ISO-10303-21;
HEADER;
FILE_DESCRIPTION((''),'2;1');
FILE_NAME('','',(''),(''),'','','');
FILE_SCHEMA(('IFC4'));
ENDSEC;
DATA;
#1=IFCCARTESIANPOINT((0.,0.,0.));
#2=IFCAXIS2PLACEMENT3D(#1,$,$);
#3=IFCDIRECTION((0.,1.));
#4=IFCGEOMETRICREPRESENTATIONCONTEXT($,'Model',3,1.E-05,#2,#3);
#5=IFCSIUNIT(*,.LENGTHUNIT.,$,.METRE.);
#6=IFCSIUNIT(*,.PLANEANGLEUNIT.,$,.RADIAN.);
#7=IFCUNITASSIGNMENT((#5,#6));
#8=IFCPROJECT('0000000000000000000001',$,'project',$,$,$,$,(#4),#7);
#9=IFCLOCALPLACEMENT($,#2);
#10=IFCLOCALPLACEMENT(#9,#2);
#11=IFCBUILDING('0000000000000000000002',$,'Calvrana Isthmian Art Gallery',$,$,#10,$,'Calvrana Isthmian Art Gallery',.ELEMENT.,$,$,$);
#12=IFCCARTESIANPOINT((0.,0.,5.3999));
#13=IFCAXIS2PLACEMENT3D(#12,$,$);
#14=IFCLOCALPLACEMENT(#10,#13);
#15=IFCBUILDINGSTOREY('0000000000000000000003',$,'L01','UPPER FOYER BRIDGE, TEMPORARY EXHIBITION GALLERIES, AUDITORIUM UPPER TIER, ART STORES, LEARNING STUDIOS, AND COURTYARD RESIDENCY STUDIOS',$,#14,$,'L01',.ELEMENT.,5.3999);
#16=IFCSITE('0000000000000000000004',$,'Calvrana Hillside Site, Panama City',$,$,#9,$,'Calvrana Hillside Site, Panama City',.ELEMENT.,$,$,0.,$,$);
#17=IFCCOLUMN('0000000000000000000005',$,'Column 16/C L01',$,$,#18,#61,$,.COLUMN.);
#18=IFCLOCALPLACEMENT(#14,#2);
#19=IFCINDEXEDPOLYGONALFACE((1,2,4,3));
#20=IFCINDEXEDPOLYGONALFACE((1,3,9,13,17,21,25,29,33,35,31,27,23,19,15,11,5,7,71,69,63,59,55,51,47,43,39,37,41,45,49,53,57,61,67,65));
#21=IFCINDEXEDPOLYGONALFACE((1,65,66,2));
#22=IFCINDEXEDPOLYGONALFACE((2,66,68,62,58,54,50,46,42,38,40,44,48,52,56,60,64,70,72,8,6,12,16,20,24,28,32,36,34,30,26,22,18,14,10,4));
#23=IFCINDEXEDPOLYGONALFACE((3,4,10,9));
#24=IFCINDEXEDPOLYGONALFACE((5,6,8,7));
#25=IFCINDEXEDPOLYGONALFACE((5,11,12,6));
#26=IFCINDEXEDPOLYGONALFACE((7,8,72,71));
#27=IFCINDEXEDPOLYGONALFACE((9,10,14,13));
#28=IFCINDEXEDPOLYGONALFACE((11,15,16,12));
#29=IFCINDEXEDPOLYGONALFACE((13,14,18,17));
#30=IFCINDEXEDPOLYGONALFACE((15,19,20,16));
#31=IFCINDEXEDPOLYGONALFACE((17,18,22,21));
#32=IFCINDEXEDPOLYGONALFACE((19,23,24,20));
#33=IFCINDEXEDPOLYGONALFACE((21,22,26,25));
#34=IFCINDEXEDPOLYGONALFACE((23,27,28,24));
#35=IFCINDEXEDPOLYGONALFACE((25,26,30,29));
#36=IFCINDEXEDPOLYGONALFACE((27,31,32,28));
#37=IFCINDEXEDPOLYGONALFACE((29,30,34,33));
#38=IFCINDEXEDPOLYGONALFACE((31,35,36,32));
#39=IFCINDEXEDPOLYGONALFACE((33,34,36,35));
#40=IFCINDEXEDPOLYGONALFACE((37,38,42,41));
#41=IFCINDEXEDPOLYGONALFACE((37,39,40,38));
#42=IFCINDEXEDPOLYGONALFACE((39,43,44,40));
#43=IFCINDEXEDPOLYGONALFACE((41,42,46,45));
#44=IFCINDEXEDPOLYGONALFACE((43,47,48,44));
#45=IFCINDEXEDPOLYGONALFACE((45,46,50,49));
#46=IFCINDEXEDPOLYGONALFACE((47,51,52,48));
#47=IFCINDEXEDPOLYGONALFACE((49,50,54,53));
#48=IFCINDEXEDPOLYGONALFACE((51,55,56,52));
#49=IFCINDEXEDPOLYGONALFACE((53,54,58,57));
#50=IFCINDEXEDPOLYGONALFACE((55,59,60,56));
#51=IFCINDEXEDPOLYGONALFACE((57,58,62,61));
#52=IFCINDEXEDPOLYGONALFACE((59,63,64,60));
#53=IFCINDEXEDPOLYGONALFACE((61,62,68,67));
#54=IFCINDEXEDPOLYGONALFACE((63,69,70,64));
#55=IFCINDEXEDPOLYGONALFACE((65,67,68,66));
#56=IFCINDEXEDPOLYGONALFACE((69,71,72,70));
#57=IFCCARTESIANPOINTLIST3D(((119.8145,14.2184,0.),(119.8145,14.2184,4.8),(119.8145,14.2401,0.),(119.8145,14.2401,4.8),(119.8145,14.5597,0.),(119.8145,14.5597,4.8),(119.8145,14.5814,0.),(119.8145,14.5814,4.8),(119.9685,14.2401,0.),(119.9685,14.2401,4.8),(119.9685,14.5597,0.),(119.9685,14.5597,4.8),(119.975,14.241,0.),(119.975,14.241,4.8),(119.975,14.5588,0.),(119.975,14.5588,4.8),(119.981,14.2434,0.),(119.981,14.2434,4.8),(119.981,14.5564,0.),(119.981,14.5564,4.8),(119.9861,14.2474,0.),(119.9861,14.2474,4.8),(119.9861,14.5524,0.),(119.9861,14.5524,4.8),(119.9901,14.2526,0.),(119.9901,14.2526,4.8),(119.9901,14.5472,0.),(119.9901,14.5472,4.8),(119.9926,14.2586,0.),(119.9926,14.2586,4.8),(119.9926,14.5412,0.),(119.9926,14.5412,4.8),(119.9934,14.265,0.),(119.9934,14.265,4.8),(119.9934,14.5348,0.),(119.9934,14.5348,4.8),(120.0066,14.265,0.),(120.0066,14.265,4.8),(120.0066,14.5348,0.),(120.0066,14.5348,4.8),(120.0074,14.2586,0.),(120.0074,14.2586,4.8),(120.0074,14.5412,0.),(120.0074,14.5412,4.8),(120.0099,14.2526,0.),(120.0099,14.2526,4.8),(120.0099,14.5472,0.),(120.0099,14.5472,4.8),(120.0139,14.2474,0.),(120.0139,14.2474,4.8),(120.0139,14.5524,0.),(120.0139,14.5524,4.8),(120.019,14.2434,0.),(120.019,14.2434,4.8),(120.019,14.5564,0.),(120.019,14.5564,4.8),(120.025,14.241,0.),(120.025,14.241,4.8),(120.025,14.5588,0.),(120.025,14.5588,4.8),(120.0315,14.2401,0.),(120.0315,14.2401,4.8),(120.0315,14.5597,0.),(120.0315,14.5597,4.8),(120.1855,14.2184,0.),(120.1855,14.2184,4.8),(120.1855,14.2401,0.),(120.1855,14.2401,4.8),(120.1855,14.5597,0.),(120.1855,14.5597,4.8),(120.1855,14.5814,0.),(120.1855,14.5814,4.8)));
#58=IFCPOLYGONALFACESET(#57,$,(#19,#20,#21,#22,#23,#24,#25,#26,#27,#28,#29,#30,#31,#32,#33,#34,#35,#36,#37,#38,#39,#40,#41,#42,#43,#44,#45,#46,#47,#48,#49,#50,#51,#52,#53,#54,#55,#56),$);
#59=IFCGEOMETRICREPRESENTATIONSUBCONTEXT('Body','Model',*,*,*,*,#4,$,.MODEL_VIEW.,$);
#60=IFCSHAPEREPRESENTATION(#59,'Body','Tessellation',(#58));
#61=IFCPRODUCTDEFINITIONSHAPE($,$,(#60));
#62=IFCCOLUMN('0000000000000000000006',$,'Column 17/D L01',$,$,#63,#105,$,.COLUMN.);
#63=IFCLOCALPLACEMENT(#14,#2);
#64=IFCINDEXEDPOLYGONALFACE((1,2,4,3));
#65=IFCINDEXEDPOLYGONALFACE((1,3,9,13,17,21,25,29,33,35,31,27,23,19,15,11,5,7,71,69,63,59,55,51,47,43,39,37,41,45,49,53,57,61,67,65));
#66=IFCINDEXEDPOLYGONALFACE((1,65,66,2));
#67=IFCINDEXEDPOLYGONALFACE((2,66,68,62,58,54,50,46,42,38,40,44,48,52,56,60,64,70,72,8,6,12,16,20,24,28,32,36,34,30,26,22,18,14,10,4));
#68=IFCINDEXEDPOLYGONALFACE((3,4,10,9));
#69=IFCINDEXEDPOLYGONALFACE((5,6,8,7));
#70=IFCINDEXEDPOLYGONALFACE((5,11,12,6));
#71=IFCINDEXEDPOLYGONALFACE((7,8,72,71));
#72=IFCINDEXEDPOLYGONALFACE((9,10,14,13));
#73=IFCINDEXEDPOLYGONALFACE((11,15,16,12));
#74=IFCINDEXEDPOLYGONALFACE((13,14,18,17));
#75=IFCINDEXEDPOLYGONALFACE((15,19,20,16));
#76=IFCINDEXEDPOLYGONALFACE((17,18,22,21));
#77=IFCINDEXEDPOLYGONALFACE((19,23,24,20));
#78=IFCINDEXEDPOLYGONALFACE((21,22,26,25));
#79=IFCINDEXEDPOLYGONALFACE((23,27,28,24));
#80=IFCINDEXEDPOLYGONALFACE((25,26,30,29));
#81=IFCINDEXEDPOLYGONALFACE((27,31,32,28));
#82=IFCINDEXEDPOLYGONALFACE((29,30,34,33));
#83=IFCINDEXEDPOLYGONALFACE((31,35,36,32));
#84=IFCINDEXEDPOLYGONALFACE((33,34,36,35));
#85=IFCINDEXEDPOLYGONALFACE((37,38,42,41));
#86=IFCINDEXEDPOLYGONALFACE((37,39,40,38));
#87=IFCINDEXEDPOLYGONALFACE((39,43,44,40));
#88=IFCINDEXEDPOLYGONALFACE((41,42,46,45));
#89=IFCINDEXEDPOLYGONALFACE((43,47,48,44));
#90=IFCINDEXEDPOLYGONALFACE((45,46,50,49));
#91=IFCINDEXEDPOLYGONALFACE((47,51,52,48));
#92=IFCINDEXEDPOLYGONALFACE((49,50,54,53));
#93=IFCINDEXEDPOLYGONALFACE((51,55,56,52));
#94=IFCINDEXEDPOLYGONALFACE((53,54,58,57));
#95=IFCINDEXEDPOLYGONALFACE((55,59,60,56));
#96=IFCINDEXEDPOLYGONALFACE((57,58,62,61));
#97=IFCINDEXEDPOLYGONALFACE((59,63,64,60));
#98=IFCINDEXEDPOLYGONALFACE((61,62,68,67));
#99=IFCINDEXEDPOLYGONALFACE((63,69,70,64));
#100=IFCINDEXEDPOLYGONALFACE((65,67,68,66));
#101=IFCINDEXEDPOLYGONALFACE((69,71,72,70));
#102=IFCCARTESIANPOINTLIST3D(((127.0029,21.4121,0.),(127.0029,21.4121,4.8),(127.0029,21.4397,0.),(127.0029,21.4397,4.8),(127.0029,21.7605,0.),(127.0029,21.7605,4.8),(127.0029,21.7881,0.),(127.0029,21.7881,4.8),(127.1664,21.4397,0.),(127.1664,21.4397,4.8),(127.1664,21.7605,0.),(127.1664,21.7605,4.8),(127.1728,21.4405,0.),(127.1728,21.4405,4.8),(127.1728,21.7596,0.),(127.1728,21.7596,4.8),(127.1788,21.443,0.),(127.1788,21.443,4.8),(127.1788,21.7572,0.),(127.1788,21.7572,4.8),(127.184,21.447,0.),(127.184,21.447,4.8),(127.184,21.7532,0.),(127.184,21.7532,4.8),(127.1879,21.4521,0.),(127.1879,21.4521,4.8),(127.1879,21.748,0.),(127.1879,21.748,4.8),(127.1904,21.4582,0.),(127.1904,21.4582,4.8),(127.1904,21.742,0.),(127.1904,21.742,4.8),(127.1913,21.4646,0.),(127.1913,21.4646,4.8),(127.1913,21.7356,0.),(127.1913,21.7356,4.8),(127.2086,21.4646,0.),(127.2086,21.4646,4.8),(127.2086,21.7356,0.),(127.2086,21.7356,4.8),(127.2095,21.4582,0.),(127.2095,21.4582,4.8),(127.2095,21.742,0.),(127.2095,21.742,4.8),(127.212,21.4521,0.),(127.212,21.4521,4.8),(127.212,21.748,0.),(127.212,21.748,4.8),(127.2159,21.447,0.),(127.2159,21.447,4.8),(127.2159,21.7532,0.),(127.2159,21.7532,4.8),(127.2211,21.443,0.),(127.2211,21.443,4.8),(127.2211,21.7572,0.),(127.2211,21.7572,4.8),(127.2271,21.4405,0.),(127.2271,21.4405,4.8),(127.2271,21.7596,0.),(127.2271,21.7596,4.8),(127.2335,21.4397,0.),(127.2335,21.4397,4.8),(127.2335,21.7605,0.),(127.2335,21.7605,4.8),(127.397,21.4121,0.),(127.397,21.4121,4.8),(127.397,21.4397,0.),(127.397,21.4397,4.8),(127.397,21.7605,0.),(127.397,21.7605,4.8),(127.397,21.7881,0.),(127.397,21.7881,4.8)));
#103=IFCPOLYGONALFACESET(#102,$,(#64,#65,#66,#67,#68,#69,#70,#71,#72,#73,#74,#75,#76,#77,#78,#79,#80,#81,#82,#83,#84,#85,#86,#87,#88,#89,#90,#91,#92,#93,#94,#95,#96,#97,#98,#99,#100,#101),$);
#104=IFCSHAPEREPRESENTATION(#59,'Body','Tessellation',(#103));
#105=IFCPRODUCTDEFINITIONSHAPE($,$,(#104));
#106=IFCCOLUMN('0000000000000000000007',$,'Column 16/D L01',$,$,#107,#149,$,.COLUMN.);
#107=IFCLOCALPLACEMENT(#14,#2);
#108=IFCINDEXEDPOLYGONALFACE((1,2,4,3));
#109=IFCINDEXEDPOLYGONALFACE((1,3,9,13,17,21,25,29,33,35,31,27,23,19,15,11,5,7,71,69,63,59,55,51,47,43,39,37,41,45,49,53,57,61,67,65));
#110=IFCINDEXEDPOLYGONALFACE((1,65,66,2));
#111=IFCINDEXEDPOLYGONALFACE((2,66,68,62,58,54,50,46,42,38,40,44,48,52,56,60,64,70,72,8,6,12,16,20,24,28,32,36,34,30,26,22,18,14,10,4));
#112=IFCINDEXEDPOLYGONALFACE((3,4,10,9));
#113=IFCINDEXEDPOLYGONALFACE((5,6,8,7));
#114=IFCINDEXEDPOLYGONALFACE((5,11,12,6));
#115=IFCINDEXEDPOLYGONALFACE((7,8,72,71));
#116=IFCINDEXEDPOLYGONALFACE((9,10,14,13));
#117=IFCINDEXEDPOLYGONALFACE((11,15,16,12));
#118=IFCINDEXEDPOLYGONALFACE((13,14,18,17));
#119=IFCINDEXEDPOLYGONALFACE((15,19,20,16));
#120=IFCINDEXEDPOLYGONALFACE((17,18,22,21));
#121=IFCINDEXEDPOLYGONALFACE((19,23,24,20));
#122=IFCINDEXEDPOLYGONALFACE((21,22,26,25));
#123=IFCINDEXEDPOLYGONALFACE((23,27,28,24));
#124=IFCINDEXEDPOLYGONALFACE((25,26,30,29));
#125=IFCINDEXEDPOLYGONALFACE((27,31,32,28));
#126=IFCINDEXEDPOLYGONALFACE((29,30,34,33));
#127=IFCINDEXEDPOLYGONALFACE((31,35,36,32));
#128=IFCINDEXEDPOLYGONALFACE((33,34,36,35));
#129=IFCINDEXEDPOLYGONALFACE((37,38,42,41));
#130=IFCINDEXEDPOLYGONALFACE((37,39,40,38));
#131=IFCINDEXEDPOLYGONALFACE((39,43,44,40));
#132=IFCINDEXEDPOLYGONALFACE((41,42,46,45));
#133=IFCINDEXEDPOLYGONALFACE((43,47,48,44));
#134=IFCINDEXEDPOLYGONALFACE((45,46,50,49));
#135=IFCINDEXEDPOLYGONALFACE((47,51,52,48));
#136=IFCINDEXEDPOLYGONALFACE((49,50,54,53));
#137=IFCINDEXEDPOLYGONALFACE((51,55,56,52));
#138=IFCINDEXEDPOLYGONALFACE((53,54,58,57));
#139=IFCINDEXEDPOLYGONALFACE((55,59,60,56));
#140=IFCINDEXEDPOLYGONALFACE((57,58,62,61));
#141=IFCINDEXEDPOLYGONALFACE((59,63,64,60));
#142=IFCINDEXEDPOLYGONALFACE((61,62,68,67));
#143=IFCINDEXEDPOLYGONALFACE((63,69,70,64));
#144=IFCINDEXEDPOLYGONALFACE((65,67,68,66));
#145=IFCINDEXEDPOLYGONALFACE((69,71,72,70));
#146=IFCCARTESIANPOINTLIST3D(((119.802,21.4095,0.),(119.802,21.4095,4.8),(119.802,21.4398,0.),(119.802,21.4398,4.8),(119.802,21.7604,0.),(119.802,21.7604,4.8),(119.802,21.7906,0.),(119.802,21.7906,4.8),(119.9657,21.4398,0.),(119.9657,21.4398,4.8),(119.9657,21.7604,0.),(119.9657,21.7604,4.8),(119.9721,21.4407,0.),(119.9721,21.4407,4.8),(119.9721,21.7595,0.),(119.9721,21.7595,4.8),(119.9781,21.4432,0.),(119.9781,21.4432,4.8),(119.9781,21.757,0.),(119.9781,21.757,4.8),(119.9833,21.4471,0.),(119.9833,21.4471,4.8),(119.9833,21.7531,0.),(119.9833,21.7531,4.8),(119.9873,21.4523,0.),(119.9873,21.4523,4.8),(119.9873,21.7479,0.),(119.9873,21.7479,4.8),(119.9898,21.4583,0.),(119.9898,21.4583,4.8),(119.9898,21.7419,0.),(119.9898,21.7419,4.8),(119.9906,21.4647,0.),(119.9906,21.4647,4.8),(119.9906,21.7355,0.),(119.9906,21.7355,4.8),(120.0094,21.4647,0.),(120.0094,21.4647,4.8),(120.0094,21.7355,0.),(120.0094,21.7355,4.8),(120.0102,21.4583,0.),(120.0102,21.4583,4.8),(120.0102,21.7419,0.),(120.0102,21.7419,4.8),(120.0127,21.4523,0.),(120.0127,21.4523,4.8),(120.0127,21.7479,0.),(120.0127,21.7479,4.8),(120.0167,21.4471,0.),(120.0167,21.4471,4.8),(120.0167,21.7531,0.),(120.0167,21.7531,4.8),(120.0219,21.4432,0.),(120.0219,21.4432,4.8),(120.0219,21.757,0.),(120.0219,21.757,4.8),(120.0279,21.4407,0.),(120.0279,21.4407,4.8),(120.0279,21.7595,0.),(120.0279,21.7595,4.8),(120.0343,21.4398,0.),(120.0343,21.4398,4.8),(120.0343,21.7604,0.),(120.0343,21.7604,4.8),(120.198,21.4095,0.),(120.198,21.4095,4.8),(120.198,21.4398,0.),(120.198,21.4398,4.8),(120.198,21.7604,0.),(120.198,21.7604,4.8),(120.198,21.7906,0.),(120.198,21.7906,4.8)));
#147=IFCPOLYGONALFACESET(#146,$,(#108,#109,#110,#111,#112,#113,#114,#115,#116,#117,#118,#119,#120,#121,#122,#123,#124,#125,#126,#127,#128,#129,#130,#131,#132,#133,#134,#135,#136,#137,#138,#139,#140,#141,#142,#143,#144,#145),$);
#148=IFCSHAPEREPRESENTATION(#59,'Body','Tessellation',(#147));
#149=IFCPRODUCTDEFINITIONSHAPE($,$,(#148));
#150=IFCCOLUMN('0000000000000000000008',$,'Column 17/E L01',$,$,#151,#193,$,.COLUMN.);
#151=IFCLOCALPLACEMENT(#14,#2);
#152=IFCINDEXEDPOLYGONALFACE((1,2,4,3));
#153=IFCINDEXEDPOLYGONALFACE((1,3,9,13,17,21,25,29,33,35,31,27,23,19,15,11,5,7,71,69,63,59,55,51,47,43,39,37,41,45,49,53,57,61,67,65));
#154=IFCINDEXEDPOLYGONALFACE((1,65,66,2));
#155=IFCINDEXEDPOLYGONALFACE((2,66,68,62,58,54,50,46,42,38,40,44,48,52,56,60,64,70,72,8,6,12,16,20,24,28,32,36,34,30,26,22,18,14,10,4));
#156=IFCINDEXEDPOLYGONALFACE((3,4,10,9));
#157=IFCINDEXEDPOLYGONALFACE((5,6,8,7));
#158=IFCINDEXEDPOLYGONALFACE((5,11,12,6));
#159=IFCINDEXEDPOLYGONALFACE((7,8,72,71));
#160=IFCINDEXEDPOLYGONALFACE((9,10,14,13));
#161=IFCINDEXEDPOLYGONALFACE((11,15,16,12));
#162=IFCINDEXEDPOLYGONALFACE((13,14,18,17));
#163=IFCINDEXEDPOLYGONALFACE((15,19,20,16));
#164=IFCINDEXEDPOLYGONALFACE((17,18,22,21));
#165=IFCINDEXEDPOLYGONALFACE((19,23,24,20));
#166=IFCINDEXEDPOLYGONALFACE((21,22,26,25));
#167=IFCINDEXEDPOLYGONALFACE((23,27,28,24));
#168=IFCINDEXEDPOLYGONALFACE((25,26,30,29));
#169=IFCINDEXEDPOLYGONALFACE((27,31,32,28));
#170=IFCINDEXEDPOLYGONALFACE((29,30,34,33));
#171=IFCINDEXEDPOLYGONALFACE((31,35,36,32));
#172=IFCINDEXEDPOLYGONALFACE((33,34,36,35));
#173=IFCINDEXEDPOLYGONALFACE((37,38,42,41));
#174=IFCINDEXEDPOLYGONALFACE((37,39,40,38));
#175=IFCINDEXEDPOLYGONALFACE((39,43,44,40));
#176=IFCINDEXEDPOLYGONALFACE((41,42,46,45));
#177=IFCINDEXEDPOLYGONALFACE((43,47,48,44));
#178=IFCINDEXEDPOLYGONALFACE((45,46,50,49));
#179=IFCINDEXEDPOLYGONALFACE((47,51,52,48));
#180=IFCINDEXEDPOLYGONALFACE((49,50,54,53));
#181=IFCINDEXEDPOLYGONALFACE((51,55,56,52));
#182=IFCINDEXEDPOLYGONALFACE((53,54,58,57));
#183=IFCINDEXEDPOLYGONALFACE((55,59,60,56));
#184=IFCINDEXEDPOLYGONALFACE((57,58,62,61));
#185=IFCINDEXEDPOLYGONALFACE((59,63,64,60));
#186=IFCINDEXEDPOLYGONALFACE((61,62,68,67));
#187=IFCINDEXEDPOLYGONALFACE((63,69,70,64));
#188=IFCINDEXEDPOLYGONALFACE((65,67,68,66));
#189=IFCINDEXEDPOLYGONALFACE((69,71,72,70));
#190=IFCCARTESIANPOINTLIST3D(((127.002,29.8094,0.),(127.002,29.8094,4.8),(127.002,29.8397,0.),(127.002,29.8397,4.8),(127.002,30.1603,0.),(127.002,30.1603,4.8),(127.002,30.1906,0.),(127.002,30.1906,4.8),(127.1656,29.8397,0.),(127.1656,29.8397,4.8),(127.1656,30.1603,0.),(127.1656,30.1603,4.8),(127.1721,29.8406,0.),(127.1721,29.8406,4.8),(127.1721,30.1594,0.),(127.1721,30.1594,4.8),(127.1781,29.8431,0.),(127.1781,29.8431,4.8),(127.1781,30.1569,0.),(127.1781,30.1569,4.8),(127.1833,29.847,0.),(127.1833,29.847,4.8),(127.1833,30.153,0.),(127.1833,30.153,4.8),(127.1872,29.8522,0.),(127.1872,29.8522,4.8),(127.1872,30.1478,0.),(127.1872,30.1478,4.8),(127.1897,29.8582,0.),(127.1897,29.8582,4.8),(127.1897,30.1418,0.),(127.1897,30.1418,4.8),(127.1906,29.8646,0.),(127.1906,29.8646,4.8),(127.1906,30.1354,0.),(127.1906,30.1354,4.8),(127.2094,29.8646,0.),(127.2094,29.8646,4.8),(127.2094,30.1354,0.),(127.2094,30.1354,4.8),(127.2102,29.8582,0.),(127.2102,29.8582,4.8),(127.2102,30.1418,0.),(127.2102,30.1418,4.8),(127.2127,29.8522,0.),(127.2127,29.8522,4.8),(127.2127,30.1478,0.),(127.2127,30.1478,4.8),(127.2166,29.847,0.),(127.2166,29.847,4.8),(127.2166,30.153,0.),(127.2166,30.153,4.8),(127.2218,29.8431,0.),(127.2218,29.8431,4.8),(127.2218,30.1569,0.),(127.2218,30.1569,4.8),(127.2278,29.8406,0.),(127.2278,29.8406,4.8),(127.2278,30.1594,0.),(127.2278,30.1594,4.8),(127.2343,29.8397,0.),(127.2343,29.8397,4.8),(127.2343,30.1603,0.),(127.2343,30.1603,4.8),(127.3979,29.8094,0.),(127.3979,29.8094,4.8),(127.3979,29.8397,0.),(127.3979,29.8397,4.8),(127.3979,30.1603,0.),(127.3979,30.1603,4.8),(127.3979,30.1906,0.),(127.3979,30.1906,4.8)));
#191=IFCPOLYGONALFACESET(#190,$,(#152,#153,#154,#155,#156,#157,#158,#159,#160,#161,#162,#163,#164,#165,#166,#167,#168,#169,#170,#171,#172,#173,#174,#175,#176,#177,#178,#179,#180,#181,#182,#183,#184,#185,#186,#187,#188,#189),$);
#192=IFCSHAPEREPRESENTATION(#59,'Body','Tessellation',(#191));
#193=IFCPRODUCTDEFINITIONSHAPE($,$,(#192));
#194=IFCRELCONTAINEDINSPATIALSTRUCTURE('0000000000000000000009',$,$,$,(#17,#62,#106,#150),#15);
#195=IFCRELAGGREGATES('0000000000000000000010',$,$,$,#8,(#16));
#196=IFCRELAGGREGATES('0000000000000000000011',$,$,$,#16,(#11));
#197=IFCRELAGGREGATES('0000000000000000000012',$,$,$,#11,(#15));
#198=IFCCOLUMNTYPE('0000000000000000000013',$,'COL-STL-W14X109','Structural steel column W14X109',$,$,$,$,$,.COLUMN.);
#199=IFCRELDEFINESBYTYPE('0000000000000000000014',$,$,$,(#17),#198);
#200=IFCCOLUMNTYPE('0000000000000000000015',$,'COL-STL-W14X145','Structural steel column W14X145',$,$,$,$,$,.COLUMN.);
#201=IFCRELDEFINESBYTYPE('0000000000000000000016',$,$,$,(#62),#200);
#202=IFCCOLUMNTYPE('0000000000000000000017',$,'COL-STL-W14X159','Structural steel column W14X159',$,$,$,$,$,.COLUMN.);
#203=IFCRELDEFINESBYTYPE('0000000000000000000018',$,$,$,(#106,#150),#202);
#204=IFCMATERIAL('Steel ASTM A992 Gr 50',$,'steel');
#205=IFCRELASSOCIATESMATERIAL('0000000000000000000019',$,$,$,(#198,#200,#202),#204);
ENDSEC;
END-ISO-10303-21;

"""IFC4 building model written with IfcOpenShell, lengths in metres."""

from ifc_helpers import new_model, si_unit, direction, frame, origin, origin_2d, place, context, subcontext, project, spatial, i_section, extrude, material, material_profile, profile_set, type_object, element, save


model = new_model("IFC4")

# Units and contexts
model_context = context("Model", 3, precision=1e-05, world=origin(), true_north=direction((0.0, 1.0)))
body_context = subcontext(model_context, "Body", "Model", "MODEL_VIEW")
ifc_project = project(units=[si_unit("LENGTHUNIT", "METRE"), si_unit("PLANEANGLEUNIT", "RADIAN")], contexts=[model_context])

# Site, building, storey
site_placement = place(None, origin())
site = spatial("IfcSite", under=ifc_project, at=site_placement, Name="Calvrana Hillside Site, Panama City", LongName="Calvrana Hillside Site, Panama City", CompositionType="ELEMENT", RefElevation=0.0)
building_placement = place(site_placement, origin())
building = spatial("IfcBuilding", under=site, at=building_placement, Name="Calvrana Isthmian Art Gallery", LongName="Calvrana Isthmian Art Gallery", CompositionType="ELEMENT")
storey_placement = place(building_placement, frame((0.0, 0.0, 5.3999)))
storey = spatial("IfcBuildingStorey", under=building, at=storey_placement, Name="L01", Description="UPPER FOYER BRIDGE, TEMPORARY EXHIBITION GALLERIES, AUDITORIUM UPPER TIER, ART STORES, LEARNING STUDIOS, AND COURTYARD RESIDENCY STUDIOS", LongName="L01", CompositionType="ELEMENT", Elevation=5.3999)

# Columns
ifc_material_1 = material(Name="Steel ASTM A992 Gr 50", Category="steel")
ifc_material_profile_1 = material_profile(ifc_material_1, i_section(OverallWidth=0.3711, OverallDepth=0.363, WebThickness=0.0132, FlangeThickness=0.0217, FilletRadius=0.0249, at=origin_2d()), Name="W14X109")
ifc_profile_set_1 = profile_set([ifc_material_profile_1], Name="Steel ASTM A992 Gr 50")
column_type_1 = type_object("IfcColumnType", Name="COL-STL-W14X109", Description="Structural steel column W14X109", PredefinedType="COLUMN", material=ifc_profile_set_1)
column_1_placement = place(storey_placement, frame((120.0, 14.3999, 0.0), z_axis=(0.0, 0.0, 1.0), x_axis=(1.0, 0.0, 0.0)))
element("IfcColumn", 1, at=column_1_placement, inside=storey, type_object=column_type_1, Name="Column 16/C L01", PredefinedType="COLUMN", context=body_context, shape_type="SweptSolid", body=[
    extrude(i_section(OverallWidth=0.3711, OverallDepth=0.363, WebThickness=0.0132, FlangeThickness=0.0217, FilletRadius=0.0249, at=origin_2d()), origin(), (0.0, 0.0, 1.0), 4.8),
])
ifc_material_profile_2 = material_profile(ifc_material_1, i_section(OverallWidth=0.394, OverallDepth=0.376, WebThickness=0.0173, FlangeThickness=0.0276, FilletRadius=0.0249, at=origin_2d()), Name="W14X145")
ifc_profile_set_2 = profile_set([ifc_material_profile_2], Name="Steel ASTM A992 Gr 50")
column_type_2 = type_object("IfcColumnType", Name="COL-STL-W14X145", Description="Structural steel column W14X145", PredefinedType="COLUMN", material=ifc_profile_set_2)
column_2_placement = place(storey_placement, frame((127.2, 21.6001, 0.0), z_axis=(0.0, 0.0, 1.0), x_axis=(1.0, 0.0, 0.0)))
element("IfcColumn", 2, at=column_2_placement, inside=storey, type_object=column_type_2, Name="Column 17/D L01", PredefinedType="COLUMN", context=body_context, shape_type="SweptSolid", body=[
    extrude(i_section(OverallWidth=0.394, OverallDepth=0.376, WebThickness=0.0173, FlangeThickness=0.0276, FilletRadius=0.0249, at=origin_2d()), origin(), (0.0, 0.0, 1.0), 4.8),
])
ifc_material_profile_3 = material_profile(ifc_material_1, i_section(OverallWidth=0.396, OverallDepth=0.3811, WebThickness=0.0188, FlangeThickness=0.0303, FilletRadius=0.0249, at=origin_2d()), Name="W14X159")
ifc_profile_set_3 = profile_set([ifc_material_profile_3], Name="Steel ASTM A992 Gr 50")
column_type_3 = type_object("IfcColumnType", Name="COL-STL-W14X159", Description="Structural steel column W14X159", PredefinedType="COLUMN", material=ifc_profile_set_3)
for number, where, z_axis, x_axis, name in (
    (3, (120.0, 21.6001, 0.0), (0.0, 0.0, 1.0), (1.0, 0.0, 0.0), "Column 16/D L01"),
    (4, (127.2, 30.0, 0.0), (0.0, 0.0, 1.0), (1.0, 0.0, 0.0), "Column 17/E L01"),
):
    element("IfcColumn", number, at=place(storey_placement, frame(where, z_axis=z_axis, x_axis=x_axis)), inside=storey, type_object=column_type_3, Name=name, PredefinedType="COLUMN", context=body_context, shape_type="SweptSolid", body=[
        extrude(i_section(OverallWidth=0.396, OverallDepth=0.3811, WebThickness=0.0188, FlangeThickness=0.0303, FilletRadius=0.0249, at=origin_2d()), origin(), (0.0, 0.0, 1.0), 4.8),
    ])

save(model, "model.ifc")
